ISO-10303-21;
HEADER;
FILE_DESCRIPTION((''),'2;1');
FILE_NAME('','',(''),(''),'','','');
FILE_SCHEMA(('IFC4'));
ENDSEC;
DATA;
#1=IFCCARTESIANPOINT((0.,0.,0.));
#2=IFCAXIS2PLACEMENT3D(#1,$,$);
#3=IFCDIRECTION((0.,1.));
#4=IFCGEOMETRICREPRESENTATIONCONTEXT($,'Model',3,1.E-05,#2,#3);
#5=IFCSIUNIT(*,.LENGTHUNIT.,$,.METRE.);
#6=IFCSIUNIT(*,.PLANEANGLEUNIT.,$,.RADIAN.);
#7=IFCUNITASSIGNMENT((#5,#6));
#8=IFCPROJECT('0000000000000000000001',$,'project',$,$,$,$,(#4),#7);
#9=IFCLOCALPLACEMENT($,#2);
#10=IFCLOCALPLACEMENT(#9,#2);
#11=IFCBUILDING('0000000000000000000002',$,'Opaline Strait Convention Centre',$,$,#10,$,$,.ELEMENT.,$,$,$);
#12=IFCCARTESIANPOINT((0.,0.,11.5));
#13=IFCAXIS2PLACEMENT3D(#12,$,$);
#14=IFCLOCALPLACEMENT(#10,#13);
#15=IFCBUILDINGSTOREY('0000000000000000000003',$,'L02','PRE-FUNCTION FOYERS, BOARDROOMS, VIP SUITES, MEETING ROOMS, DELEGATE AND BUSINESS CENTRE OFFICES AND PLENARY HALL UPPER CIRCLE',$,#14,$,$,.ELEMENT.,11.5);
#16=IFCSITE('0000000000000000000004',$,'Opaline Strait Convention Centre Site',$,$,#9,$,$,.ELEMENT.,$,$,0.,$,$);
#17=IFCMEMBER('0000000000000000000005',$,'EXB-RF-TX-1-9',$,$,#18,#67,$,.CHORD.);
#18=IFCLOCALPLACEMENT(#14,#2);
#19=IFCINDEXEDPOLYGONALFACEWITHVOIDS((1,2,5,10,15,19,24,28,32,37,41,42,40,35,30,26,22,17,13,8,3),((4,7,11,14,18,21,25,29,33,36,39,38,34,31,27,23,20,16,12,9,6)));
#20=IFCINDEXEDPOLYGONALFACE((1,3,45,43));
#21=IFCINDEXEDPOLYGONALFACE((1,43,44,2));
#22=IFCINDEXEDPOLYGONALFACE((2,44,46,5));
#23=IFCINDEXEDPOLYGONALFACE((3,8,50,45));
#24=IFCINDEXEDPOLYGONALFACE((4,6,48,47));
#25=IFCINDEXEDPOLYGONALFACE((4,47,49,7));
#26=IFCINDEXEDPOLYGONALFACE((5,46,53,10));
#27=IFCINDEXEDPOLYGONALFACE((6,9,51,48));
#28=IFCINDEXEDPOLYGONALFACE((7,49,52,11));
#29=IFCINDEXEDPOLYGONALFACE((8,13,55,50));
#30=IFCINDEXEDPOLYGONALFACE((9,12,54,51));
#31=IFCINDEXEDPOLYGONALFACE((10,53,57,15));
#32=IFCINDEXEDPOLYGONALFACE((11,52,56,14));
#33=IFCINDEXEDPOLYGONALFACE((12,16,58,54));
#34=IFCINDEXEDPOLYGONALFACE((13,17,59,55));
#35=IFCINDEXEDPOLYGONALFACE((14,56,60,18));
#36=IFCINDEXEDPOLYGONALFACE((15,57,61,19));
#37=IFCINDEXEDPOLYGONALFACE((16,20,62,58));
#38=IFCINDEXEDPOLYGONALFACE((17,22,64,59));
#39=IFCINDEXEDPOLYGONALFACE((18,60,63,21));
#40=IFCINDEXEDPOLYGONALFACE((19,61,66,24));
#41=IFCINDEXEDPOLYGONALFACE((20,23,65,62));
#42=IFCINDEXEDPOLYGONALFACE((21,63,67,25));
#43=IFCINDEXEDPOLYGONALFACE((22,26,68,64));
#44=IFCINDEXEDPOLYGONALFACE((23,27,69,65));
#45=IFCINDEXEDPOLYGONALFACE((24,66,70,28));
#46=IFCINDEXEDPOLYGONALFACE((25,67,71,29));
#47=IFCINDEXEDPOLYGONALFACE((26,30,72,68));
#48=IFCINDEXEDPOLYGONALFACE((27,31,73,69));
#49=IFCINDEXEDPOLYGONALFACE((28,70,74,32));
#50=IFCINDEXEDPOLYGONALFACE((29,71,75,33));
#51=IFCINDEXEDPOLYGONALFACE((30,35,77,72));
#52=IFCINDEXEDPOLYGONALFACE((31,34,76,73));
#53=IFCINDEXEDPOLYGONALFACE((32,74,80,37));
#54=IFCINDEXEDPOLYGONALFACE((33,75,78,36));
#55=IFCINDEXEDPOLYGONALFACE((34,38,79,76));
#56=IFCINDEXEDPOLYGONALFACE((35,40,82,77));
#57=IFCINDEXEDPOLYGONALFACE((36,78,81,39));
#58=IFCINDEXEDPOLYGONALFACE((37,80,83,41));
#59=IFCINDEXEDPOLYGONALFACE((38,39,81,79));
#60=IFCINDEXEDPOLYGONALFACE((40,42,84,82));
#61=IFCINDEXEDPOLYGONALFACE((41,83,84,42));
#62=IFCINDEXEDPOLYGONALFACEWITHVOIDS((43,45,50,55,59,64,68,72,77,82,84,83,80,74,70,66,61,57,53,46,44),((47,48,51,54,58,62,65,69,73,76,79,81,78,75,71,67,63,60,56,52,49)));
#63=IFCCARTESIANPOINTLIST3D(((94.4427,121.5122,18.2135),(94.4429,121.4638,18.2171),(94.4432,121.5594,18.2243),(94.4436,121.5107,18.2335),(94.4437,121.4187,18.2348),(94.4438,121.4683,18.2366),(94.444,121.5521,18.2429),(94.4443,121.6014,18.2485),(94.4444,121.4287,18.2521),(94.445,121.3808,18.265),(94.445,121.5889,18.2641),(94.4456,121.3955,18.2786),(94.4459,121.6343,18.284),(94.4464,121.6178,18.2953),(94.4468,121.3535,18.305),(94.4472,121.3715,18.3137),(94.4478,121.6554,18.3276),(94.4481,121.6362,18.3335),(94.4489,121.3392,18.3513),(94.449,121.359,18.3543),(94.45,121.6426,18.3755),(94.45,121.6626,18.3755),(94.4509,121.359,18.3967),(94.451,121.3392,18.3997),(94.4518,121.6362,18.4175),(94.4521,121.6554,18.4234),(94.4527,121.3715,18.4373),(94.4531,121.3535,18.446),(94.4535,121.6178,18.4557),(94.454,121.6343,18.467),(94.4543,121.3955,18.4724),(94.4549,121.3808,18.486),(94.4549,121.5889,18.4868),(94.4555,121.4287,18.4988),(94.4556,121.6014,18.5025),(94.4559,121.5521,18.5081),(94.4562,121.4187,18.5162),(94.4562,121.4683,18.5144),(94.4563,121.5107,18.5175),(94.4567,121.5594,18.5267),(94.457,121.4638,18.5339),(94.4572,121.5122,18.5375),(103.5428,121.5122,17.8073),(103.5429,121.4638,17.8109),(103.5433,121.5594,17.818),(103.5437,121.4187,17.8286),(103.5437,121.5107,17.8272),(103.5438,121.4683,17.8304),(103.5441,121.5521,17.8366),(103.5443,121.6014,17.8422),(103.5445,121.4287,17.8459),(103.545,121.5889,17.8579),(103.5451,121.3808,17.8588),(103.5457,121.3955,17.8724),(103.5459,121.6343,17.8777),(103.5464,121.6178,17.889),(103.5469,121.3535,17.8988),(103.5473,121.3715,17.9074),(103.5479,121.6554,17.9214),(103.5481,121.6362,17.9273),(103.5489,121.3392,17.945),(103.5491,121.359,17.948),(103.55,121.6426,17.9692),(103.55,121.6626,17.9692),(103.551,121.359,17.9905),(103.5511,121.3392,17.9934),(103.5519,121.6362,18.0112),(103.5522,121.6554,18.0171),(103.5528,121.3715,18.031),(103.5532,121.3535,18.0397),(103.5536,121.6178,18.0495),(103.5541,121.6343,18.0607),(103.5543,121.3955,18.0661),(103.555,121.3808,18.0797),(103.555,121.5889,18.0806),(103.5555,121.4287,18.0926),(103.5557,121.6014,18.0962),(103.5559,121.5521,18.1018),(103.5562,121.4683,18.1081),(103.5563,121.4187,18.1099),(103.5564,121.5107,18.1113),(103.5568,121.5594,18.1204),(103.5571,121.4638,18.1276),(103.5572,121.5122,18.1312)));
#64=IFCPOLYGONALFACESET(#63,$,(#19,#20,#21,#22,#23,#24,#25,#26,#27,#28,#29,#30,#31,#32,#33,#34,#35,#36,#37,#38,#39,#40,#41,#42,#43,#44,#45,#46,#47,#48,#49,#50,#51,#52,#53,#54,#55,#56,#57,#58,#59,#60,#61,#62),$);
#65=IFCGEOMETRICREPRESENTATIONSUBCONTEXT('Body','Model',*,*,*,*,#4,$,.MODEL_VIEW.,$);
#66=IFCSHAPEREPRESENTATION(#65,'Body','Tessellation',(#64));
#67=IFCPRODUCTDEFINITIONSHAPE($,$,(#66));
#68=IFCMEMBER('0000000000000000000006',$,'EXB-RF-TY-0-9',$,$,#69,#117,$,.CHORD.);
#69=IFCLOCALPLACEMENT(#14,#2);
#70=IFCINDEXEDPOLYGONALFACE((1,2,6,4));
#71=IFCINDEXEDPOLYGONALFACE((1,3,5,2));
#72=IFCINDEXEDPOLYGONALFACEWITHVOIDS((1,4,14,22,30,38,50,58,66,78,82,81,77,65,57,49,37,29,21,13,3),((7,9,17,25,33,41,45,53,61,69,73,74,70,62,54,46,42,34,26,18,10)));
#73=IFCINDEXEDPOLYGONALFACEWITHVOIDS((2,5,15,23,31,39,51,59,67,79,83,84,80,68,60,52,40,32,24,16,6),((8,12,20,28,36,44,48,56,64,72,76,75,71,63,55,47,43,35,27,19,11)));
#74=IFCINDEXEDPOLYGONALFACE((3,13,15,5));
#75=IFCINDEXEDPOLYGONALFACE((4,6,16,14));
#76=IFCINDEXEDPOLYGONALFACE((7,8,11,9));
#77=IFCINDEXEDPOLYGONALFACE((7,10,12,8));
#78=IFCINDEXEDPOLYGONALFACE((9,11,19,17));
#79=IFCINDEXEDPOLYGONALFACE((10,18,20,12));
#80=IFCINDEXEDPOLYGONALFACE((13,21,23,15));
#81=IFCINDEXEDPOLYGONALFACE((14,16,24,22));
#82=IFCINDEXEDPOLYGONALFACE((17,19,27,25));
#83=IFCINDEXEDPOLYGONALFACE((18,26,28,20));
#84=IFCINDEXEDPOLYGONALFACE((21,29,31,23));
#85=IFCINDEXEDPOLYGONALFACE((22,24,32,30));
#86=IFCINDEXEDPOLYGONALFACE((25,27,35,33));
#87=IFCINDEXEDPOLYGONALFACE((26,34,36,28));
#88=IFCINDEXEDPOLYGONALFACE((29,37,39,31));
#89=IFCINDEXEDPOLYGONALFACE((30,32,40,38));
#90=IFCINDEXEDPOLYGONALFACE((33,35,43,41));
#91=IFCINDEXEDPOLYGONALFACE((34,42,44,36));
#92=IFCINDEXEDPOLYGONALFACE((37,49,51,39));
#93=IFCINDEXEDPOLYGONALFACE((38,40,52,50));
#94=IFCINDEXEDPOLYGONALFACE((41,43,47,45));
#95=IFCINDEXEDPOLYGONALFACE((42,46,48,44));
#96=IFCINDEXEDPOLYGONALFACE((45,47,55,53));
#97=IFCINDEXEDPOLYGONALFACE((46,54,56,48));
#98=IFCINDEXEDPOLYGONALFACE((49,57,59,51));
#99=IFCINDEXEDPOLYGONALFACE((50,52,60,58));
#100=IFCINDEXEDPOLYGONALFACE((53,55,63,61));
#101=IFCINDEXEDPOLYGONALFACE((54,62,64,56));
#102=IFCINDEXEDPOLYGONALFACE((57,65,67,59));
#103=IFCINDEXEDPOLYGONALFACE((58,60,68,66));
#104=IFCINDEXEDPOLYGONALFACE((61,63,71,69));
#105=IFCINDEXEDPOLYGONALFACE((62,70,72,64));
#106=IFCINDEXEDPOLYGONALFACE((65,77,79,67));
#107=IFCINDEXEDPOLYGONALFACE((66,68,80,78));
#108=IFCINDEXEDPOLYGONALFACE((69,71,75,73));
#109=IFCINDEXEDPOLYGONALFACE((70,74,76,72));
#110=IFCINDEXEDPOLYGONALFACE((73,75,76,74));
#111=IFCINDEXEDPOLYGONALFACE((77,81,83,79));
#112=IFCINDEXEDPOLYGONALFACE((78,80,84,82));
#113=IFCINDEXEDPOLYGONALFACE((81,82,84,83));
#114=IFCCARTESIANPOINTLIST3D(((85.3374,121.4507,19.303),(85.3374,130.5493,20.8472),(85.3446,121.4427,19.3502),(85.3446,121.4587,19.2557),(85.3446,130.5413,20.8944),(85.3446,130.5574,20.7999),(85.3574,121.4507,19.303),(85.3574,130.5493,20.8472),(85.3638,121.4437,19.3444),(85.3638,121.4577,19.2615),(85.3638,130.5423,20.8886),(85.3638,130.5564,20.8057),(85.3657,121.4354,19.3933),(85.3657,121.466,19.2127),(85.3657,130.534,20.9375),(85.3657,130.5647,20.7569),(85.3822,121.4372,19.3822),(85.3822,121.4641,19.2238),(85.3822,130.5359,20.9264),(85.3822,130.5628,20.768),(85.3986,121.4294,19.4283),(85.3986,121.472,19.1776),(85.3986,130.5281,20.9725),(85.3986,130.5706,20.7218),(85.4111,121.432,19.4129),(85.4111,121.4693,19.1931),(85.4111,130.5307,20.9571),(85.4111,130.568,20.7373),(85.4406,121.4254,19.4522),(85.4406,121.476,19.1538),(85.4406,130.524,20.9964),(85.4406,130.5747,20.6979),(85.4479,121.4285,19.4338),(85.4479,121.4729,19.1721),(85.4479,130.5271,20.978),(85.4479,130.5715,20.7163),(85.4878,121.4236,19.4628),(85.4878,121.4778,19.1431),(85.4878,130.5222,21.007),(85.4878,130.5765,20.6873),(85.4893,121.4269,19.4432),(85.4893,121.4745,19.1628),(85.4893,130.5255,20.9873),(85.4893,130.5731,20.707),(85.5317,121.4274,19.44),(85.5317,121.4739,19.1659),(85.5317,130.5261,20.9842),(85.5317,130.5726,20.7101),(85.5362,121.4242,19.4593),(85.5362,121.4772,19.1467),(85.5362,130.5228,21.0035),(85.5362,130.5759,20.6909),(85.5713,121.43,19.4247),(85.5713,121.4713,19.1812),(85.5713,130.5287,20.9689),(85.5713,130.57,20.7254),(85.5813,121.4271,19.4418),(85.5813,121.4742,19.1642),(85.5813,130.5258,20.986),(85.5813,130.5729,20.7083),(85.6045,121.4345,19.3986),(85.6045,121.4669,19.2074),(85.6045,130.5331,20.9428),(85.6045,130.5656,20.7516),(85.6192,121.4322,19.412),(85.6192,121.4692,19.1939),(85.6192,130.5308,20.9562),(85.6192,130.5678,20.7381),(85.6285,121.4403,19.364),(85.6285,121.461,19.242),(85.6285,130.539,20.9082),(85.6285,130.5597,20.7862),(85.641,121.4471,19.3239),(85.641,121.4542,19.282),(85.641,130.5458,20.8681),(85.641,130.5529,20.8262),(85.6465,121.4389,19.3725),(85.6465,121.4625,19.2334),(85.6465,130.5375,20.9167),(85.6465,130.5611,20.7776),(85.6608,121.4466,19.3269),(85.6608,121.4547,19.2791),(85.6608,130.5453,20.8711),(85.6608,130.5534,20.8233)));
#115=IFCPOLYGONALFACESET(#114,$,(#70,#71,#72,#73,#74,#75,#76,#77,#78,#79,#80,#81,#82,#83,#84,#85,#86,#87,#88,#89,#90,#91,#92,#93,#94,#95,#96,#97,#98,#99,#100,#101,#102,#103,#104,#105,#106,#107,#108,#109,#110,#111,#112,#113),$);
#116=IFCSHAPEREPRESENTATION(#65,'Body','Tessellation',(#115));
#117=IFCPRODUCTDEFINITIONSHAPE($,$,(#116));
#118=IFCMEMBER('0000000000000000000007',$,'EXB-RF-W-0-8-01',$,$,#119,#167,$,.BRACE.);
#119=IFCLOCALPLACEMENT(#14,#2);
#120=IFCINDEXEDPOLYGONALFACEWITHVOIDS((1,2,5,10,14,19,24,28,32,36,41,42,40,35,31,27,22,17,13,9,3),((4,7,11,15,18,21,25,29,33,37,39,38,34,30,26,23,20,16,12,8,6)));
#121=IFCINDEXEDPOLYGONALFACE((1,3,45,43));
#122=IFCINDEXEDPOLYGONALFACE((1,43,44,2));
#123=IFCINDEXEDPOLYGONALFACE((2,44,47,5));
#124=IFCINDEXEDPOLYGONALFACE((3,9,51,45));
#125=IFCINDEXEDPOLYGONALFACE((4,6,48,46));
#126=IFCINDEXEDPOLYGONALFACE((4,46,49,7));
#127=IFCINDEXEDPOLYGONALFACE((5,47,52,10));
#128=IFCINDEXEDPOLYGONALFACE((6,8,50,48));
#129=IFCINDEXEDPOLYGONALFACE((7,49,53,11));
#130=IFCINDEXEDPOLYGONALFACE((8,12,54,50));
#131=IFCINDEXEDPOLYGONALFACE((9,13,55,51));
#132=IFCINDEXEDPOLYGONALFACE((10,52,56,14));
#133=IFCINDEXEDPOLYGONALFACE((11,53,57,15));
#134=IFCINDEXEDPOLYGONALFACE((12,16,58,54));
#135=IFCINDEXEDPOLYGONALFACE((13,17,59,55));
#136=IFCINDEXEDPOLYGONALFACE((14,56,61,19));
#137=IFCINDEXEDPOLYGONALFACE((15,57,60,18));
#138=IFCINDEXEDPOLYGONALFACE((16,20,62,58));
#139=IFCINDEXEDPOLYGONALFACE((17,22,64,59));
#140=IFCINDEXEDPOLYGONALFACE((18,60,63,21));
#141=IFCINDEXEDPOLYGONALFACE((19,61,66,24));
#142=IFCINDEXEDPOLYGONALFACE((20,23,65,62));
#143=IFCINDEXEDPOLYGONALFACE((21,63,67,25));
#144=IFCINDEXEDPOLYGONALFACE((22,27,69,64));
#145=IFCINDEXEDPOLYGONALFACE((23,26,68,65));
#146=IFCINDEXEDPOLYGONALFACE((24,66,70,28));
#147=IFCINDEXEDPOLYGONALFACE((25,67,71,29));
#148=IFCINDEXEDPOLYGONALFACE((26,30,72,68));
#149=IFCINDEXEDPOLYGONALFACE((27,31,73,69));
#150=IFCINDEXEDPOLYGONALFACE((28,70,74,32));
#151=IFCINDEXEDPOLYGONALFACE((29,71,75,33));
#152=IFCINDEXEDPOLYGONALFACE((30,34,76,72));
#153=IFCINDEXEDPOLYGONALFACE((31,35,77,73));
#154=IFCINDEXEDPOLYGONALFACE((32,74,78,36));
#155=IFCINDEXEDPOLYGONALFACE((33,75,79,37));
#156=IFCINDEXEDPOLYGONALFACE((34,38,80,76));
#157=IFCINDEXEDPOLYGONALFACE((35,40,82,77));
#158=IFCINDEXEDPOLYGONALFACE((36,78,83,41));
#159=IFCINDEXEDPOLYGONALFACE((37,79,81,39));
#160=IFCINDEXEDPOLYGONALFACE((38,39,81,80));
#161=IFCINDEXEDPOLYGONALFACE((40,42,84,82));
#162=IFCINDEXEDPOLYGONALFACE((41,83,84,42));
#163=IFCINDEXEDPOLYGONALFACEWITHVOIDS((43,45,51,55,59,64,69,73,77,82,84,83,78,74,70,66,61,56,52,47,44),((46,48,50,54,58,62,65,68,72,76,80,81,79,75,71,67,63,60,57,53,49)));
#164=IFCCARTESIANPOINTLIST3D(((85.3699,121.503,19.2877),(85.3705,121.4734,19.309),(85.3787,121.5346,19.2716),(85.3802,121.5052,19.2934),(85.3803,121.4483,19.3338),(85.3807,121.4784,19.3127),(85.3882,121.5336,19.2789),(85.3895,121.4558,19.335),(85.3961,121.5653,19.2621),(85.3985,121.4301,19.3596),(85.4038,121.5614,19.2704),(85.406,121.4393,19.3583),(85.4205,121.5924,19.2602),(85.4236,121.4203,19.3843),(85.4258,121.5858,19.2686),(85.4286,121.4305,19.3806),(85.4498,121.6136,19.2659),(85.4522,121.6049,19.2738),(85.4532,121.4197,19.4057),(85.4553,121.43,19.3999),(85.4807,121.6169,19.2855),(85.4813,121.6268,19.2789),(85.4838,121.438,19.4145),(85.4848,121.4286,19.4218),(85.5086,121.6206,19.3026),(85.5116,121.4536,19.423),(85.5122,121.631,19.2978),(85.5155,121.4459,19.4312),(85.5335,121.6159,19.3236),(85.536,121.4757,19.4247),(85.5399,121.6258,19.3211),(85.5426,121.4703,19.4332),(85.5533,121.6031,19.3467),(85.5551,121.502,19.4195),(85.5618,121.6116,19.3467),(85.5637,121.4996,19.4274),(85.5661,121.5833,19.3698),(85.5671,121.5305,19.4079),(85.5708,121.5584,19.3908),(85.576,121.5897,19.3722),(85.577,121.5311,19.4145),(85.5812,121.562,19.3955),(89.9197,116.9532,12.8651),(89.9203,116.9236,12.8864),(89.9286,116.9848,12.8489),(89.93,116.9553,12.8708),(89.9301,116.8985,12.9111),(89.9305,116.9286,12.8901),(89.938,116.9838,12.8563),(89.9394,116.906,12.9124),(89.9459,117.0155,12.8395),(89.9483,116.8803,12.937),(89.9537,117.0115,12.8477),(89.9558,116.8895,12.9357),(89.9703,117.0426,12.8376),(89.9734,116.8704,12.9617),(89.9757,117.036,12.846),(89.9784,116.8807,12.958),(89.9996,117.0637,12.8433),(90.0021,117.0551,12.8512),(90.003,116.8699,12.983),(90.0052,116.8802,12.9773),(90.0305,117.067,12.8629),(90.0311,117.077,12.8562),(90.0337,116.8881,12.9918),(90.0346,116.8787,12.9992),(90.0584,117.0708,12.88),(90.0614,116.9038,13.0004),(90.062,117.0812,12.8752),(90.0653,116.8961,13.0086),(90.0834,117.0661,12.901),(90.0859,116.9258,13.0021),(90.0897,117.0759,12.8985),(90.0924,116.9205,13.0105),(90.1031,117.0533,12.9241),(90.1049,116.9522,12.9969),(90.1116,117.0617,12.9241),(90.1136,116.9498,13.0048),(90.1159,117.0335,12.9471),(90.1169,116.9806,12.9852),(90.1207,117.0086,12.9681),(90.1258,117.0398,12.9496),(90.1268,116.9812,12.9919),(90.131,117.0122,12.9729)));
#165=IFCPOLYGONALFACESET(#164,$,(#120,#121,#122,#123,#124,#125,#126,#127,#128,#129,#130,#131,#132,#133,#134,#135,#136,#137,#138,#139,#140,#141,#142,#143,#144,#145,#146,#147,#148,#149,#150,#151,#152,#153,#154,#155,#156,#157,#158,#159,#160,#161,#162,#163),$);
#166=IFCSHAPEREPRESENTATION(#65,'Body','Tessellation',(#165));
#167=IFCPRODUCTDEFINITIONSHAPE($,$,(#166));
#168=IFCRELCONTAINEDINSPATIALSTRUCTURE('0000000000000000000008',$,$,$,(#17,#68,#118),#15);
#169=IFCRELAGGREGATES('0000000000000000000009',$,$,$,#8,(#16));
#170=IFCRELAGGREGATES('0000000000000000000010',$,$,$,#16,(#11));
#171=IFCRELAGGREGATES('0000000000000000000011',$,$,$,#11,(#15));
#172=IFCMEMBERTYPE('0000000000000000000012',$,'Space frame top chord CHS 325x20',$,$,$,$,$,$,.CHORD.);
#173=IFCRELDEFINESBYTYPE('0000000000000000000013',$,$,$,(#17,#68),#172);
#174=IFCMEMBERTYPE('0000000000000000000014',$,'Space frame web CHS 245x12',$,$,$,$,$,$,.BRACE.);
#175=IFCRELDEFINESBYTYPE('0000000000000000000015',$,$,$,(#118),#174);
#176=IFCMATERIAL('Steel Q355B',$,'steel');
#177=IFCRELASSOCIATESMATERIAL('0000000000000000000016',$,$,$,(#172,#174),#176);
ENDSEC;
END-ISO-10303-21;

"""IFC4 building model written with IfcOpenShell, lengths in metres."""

from ifc_helpers import new_model, si_unit, direction, frame, origin, origin_2d, place, context, subcontext, project, spatial, hollow_circle, extrude, material, material_profile, profile_set, type_object, element, save


model = new_model("IFC4")

# Units and contexts
model_context = context("Model", 3, precision=1e-05, world=origin(), true_north=direction((0.0, 1.0)))
body_context = subcontext(model_context, "Body", "Model", "MODEL_VIEW")
ifc_project = project(units=[si_unit("LENGTHUNIT", "METRE"), si_unit("PLANEANGLEUNIT", "RADIAN")], contexts=[model_context])

# Site, building, storey
site_placement = place(None, origin())
site = spatial("IfcSite", under=ifc_project, at=site_placement, Name="Opaline Strait Convention Centre Site", CompositionType="ELEMENT", RefElevation=0.0)
building_placement = place(site_placement, origin())
building = spatial("IfcBuilding", under=site, at=building_placement, Name="Opaline Strait Convention Centre", CompositionType="ELEMENT")
storey_placement = place(building_placement, frame((0.0, 0.0, 11.5)))
storey = spatial("IfcBuildingStorey", under=building, at=storey_placement, Name="L02", Description="PRE-FUNCTION FOYERS, BOARDROOMS, VIP SUITES, MEETING ROOMS, DELEGATE AND BUSINESS CENTRE OFFICES AND PLENARY HALL UPPER CIRCLE", CompositionType="ELEMENT", Elevation=11.5)

# Members
ifc_material_1 = material(Name="Steel Q355B", Category="steel")
ifc_material_profile_1 = material_profile(ifc_material_1, hollow_circle(Radius=0.1626, WallThickness=0.02, at=origin_2d()), Name="CHS 325x20")
ifc_profile_set_1 = profile_set([ifc_material_profile_1], Name="Steel Q355B")
member_type_1 = type_object("IfcMemberType", Name="Space frame top chord CHS 325x20", PredefinedType="CHORD", material=ifc_profile_set_1)
member_1_placement = place(storey_placement, frame((94.45, 121.5, 18.3755), z_axis=(0.999005, 0.0, -0.044598), x_axis=(0.0, 1.0, 0.0)))
element("IfcMember", 1, at=member_1_placement, inside=storey, type_object=member_type_1, Name="EXB-RF-TX-1-9", PredefinedType="CHORD", context=body_context, shape_type="SweptSolid", body=[
    extrude(hollow_circle(Radius=0.1626, WallThickness=0.02, at=origin_2d()), origin(), (0.0, 0.0, 1.0), 9.1091),
])
member_2_placement = place(storey_placement, frame((85.5, 121.4507, 19.303), z_axis=(0.0, 0.985902, 0.167324), x_axis=(-1.0, 0.0, 0.0)))
element("IfcMember", 2, at=member_2_placement, inside=storey, type_object=member_type_1, Name="EXB-RF-TY-0-9", PredefinedType="CHORD", context=body_context, shape_type="SweptSolid", body=[
    extrude(hollow_circle(Radius=0.1626, WallThickness=0.02, at=origin_2d()), origin(), (0.0, 0.0, 1.0), 9.2288),
])
ifc_material_profile_2 = material_profile(ifc_material_1, hollow_circle(Radius=0.1226, WallThickness=0.012, at=origin_2d()), Name="CHS 245x12")
ifc_profile_set_2 = profile_set([ifc_material_profile_2], Name="Steel Q355B")
member_type_2 = type_object("IfcMemberType", Name="Space frame web CHS 245x12", PredefinedType="BRACE", material=ifc_profile_set_2)
member_3_placement = place(storey_placement, frame((85.4751, 121.5249, 19.3467), z_axis=(0.500458, -0.500458, -0.706458), x_axis=(0.707107, 0.707107, 0.0)))
element("IfcMember", 3, at=member_3_placement, inside=storey, type_object=member_type_2, Name="EXB-RF-W-0-8-01", PredefinedType="BRACE", context=body_context, shape_type="SweptSolid", body=[
    extrude(hollow_circle(Radius=0.1226, WallThickness=0.012, at=origin_2d()), origin(), (0.0, 0.0, 1.0), 9.0913),
])

save(model, "model.ifc")
